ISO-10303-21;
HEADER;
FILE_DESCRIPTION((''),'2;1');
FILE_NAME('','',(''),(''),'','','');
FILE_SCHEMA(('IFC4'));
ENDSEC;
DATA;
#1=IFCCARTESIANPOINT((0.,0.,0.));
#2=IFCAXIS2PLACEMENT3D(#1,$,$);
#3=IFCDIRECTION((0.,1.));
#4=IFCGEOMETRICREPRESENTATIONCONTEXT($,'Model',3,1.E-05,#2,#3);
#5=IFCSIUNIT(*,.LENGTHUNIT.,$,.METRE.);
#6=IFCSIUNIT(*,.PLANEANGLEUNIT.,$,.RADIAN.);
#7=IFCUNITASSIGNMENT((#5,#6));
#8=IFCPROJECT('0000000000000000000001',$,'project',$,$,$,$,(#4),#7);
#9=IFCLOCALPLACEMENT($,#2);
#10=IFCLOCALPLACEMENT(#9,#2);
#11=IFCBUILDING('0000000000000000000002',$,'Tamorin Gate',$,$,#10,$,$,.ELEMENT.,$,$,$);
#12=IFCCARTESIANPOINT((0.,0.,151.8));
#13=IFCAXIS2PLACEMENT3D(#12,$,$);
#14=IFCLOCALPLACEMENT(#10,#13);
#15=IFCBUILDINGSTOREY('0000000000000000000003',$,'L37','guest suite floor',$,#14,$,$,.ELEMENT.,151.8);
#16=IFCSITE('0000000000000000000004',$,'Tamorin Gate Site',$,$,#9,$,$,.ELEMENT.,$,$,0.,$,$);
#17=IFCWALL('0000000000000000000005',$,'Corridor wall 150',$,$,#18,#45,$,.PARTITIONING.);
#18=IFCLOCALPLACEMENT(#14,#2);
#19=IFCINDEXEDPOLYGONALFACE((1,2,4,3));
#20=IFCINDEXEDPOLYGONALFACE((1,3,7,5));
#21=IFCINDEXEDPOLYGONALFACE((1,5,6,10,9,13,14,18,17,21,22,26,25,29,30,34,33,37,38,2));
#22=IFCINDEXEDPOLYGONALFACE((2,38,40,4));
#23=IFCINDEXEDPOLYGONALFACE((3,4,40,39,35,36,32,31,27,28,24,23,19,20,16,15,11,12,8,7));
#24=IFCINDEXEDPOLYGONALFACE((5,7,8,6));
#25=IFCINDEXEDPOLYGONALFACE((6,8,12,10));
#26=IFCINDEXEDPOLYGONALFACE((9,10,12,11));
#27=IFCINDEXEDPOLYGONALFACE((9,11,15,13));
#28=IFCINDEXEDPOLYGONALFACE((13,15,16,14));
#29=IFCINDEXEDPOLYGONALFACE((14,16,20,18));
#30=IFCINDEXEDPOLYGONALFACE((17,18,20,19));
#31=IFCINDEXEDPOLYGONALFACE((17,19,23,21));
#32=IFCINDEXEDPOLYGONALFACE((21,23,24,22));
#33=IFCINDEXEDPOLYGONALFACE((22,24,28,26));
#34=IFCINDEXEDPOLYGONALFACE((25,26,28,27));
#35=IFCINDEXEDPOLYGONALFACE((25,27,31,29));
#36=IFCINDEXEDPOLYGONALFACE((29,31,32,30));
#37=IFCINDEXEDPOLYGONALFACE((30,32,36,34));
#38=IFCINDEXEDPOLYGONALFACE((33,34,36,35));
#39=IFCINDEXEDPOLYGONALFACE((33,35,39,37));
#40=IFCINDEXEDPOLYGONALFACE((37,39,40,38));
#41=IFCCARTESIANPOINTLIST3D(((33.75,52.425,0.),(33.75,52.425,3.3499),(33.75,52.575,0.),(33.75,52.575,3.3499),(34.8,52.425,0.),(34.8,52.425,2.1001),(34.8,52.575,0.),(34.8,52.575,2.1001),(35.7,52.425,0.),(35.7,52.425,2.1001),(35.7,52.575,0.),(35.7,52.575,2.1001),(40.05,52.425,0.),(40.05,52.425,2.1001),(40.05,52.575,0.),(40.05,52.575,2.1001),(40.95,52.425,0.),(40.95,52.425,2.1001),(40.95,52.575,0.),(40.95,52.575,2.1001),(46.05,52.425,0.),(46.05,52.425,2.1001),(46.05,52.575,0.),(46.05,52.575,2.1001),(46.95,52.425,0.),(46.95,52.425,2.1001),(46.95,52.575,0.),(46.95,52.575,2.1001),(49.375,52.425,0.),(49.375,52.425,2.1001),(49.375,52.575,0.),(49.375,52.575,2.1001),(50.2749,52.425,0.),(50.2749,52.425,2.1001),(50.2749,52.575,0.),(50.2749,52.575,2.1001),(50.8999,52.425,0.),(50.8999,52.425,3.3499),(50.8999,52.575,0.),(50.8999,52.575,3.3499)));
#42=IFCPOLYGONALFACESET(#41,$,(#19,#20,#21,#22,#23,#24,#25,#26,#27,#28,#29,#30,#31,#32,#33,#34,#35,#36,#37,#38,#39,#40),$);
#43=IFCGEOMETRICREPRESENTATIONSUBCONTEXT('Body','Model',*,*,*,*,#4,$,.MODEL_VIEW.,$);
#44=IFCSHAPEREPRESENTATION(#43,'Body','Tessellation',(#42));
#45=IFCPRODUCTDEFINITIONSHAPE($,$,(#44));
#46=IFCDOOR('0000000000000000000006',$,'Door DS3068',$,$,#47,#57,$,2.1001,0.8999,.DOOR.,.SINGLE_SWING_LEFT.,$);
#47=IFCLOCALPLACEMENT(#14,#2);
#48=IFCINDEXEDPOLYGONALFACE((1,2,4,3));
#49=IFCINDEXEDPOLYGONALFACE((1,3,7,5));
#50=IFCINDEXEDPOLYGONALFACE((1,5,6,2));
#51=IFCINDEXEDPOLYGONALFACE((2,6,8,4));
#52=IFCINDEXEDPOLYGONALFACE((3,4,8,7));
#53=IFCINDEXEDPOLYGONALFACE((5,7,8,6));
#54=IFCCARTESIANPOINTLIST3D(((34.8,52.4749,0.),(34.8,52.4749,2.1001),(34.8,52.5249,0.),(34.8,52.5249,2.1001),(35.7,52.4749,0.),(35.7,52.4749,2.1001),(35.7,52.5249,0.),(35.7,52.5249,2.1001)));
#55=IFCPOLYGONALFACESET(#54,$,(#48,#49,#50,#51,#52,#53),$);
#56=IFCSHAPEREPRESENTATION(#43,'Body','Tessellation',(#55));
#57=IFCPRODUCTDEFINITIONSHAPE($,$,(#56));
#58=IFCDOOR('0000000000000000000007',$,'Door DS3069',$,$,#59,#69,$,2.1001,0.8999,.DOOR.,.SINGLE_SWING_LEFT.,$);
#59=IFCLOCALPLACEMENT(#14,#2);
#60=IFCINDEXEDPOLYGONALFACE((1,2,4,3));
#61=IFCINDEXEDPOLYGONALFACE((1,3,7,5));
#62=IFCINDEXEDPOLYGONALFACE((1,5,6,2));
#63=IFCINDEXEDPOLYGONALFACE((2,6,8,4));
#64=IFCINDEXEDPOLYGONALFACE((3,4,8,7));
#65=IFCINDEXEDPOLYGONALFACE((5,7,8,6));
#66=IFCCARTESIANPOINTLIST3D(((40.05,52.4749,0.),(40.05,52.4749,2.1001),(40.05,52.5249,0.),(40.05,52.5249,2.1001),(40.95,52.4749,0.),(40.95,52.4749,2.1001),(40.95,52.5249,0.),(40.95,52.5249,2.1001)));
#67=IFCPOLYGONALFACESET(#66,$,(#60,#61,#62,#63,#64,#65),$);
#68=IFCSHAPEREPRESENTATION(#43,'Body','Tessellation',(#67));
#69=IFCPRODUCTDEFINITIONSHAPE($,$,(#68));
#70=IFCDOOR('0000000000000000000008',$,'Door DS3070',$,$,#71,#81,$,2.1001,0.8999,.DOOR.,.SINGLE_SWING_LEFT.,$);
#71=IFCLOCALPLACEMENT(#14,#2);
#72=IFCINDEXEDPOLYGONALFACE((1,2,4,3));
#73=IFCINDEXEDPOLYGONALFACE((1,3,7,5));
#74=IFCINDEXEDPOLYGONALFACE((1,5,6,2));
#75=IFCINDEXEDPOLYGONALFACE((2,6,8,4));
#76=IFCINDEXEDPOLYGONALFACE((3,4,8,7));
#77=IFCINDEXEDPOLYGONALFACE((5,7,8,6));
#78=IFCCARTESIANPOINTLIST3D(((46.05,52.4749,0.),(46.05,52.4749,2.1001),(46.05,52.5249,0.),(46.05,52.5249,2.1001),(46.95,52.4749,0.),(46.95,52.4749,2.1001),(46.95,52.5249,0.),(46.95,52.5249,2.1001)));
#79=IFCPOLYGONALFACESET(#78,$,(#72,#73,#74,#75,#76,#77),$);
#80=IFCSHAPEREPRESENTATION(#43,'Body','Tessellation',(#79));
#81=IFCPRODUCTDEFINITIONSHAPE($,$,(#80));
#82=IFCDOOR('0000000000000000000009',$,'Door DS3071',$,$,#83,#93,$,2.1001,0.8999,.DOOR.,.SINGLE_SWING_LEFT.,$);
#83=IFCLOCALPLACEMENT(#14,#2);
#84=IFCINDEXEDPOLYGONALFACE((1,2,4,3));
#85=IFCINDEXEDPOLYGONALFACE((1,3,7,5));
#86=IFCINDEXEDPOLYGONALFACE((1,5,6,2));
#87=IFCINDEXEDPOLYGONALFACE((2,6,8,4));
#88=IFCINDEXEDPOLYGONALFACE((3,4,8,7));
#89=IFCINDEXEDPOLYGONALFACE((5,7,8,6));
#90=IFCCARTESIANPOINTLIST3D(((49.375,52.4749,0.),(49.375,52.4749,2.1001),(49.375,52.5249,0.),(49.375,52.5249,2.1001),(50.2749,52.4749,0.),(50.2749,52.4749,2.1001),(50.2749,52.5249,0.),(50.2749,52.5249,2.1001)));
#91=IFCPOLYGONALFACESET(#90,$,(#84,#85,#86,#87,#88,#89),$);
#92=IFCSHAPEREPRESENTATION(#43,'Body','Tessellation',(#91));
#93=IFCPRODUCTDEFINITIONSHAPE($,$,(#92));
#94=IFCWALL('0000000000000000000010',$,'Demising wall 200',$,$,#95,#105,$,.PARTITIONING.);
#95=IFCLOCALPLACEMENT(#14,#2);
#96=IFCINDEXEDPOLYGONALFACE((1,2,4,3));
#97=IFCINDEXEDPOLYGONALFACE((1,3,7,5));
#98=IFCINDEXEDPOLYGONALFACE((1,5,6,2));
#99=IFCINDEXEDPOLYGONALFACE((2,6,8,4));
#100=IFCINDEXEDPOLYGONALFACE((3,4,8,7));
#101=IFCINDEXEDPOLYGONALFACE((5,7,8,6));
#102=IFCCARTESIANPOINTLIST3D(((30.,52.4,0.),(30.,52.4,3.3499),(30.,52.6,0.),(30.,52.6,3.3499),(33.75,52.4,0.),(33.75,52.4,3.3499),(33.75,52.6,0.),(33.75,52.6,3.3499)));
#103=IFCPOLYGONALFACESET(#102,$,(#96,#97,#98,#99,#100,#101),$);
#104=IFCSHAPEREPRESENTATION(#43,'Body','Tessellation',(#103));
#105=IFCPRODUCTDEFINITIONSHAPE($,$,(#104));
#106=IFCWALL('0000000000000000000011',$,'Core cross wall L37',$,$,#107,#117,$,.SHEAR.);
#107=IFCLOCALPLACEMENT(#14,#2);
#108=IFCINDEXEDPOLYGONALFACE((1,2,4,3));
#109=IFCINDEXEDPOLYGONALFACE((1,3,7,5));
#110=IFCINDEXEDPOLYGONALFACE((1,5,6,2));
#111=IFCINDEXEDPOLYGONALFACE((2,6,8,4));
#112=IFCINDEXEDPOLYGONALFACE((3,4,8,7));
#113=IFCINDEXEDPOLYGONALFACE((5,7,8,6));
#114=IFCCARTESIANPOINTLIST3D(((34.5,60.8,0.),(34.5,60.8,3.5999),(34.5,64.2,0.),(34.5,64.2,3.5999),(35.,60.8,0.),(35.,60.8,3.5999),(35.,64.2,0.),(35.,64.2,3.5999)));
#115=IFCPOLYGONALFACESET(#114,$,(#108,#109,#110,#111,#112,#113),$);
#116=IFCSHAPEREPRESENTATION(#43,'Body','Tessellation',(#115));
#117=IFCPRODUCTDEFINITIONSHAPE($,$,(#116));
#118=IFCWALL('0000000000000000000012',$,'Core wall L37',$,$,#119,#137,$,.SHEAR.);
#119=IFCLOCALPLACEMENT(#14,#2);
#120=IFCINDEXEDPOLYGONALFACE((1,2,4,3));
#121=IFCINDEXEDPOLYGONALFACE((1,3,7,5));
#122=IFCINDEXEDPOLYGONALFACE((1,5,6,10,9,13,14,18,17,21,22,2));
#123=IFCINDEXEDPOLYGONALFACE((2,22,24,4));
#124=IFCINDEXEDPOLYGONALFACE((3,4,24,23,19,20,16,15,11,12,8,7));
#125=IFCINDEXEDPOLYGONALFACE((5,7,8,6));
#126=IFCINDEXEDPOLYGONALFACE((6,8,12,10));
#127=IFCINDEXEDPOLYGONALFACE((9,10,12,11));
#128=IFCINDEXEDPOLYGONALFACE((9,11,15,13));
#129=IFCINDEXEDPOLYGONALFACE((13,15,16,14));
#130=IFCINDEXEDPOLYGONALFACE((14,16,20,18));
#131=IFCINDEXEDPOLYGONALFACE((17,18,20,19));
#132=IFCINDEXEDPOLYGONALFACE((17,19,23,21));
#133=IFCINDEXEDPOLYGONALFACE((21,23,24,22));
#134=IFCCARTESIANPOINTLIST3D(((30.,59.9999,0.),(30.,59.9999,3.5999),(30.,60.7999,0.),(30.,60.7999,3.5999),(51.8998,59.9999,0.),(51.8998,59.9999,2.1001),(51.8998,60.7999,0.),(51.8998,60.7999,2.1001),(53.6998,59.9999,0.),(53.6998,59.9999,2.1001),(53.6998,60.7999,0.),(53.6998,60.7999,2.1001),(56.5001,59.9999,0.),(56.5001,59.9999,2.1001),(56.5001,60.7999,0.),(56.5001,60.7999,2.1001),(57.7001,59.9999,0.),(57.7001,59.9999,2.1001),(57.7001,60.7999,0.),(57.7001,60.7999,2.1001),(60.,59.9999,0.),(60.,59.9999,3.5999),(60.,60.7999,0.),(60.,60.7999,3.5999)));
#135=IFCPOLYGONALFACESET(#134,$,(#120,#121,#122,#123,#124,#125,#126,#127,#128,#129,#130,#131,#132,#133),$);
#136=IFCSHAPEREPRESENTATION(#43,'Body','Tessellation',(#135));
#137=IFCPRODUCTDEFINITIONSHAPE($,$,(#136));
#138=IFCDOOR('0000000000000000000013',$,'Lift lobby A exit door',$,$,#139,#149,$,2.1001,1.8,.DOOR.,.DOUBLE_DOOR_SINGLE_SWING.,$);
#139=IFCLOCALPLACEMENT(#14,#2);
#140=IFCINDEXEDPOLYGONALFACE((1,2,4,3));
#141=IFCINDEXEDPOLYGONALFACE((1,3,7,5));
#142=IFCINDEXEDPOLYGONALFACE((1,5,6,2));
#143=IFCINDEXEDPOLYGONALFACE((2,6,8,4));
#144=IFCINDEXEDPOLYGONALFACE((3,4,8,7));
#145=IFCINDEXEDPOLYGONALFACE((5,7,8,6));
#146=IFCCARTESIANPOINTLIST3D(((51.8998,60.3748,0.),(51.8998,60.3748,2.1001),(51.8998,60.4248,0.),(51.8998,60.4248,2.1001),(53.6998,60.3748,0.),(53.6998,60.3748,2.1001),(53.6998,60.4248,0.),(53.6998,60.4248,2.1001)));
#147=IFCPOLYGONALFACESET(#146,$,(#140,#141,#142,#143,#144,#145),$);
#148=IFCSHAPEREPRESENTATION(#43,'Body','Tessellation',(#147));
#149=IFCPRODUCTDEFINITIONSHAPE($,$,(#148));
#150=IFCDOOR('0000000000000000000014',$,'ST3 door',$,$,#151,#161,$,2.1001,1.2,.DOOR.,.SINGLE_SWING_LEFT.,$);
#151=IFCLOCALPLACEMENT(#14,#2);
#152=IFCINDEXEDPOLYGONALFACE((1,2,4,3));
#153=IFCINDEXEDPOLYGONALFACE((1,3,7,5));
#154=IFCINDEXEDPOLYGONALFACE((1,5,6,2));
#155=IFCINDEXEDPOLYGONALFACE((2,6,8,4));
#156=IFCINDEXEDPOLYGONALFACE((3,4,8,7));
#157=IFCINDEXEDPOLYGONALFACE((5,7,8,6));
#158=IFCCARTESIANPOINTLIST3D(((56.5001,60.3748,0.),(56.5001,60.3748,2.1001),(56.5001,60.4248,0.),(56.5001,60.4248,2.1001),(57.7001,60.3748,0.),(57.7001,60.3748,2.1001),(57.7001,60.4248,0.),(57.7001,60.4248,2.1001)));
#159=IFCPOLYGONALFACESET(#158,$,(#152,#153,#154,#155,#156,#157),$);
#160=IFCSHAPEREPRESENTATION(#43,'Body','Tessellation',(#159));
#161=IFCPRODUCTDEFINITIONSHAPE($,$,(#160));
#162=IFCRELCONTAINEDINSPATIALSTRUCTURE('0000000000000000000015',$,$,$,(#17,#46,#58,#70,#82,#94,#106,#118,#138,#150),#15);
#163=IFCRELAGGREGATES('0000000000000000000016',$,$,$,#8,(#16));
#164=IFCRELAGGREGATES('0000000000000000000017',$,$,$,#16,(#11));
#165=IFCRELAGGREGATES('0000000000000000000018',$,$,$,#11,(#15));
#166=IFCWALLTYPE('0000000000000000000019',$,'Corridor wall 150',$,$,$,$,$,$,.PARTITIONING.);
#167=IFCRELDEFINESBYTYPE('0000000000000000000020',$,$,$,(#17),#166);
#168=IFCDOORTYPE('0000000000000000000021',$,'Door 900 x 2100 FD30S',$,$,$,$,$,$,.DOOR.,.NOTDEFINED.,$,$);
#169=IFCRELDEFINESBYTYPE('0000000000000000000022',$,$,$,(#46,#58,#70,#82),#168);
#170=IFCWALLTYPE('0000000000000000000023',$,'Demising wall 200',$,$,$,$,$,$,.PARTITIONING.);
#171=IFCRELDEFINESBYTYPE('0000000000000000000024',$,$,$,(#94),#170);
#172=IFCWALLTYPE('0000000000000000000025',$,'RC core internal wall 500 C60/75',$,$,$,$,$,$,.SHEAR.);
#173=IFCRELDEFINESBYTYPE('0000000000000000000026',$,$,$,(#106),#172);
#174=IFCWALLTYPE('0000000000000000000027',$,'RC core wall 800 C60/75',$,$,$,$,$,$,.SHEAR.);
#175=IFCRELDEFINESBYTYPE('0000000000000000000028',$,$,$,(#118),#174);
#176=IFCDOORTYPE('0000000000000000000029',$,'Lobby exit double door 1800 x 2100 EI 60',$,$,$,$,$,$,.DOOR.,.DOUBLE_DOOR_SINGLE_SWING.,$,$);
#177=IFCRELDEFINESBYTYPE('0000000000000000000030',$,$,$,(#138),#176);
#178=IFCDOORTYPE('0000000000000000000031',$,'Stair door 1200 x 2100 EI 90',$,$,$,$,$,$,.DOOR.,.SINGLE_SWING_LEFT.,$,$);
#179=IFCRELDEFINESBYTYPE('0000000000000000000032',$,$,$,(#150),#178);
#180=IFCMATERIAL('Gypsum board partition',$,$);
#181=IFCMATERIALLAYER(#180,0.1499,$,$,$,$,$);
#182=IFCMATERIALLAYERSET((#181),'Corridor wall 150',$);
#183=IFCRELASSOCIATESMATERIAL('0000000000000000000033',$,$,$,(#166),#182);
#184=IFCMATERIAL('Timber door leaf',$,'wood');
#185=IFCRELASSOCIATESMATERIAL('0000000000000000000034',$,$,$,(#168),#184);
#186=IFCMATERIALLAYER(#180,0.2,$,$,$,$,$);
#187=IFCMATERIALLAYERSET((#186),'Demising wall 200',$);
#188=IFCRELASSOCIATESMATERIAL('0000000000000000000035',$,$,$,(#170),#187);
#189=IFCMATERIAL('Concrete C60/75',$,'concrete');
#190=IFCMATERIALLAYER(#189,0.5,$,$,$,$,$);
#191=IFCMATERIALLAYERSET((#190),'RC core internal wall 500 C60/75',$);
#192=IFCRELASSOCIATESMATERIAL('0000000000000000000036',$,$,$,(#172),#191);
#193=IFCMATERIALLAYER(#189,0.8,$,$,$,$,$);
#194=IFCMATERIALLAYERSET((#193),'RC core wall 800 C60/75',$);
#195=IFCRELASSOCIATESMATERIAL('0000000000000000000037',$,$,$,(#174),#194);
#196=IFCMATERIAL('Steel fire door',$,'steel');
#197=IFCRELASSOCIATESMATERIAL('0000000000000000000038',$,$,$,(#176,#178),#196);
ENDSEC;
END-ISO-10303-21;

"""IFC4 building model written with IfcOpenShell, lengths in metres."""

from ifc_helpers import new_model, si_unit, direction, frame, frame_2d, origin, place, context, subcontext, project, spatial, rectangle, extrude, material, layer, layer_set, type_object, element, fill, save


model = new_model("IFC4")

# Units and contexts
model_context = context("Model", 3, precision=1e-05, world=origin(), true_north=direction((0.0, 1.0)))
body_context = subcontext(model_context, "Body", "Model", "MODEL_VIEW")
ifc_project = project(units=[si_unit("LENGTHUNIT", "METRE"), si_unit("PLANEANGLEUNIT", "RADIAN")], contexts=[model_context])

# Site, building, storey
site_placement = place(None, origin())
site = spatial("IfcSite", under=ifc_project, at=site_placement, Name="Tamorin Gate Site", CompositionType="ELEMENT", RefElevation=0.0)
building_placement = place(site_placement, origin())
building = spatial("IfcBuilding", under=site, at=building_placement, Name="Tamorin Gate", CompositionType="ELEMENT")
storey_placement = place(building_placement, frame((0.0, 0.0, 151.8)))
storey = spatial("IfcBuildingStorey", under=building, at=storey_placement, Name="L37", Description="guest suite floor", CompositionType="ELEMENT", Elevation=151.8)

# Wall, openings, doors
ifc_material_1 = material(Name="Gypsum board partition")
ifc_layer_1 = layer(ifc_material_1, 0.1499)
ifc_layer_set_1 = layer_set([ifc_layer_1], Name="Corridor wall 150")
wall_type_1 = type_object("IfcWallType", Name="Corridor wall 150", PredefinedType="PARTITIONING", material=ifc_layer_set_1)
wall_1_placement = place(storey_placement, frame((33.75, 52.5, 0.0), z_axis=(0.0, 0.0, 1.0), x_axis=(1.0, 0.0, 0.0)))
wall_1 = element("IfcWall", 1, at=wall_1_placement, inside=storey, type_object=wall_type_1, Name="Corridor wall 150", PredefinedType="PARTITIONING", context=body_context, shape_type="SweptSolid", body=[
    extrude(rectangle(XDim=17.1499, YDim=0.1499, at=frame_2d((8.575, 0.0))), origin(), (0.0, 0.0, 1.0), 3.3499),
])
opening_1_placement = place(wall_1_placement, frame((1.05, 0.0, 0.0)))
opening_1 = element("IfcOpeningElement", 2, at=opening_1_placement, cuts=wall_1, PredefinedType="OPENING", context=body_context, shape_type="SweptSolid", body=[
    extrude(rectangle(XDim=0.8999, YDim=2.1001, at=frame_2d((0.45, 1.05))), frame((0.0, 0.085, 0.0), z_axis=(0.0, -1.0, 0.0), x_axis=(1.0, 0.0, 0.0)), (0.0, 0.0, 1.0), 0.1699),
])
opening_2_placement = place(wall_1_placement, frame((6.3, 0.0, 0.0)))
opening_2 = element("IfcOpeningElement", 3, at=opening_2_placement, cuts=wall_1, PredefinedType="OPENING", context=body_context, shape_type="SweptSolid", body=[
    extrude(rectangle(XDim=0.8999, YDim=2.1001, at=frame_2d((0.45, 1.05))), frame((0.0, 0.085, 0.0), z_axis=(0.0, -1.0, 0.0), x_axis=(1.0, 0.0, 0.0)), (0.0, 0.0, 1.0), 0.1699),
])
opening_3_placement = place(wall_1_placement, frame((12.3, 0.0, 0.0)))
opening_3 = element("IfcOpeningElement", 4, at=opening_3_placement, cuts=wall_1, PredefinedType="OPENING", context=body_context, shape_type="SweptSolid", body=[
    extrude(rectangle(XDim=0.8999, YDim=2.1001, at=frame_2d((0.45, 1.05))), frame((0.0, 0.085, 0.0), z_axis=(0.0, -1.0, 0.0), x_axis=(1.0, 0.0, 0.0)), (0.0, 0.0, 1.0), 0.1699),
])
opening_4_placement = place(wall_1_placement, frame((15.625, 0.0, 0.0)))
opening_4 = element("IfcOpeningElement", 5, at=opening_4_placement, cuts=wall_1, PredefinedType="OPENING", context=body_context, shape_type="SweptSolid", body=[
    extrude(rectangle(XDim=0.8999, YDim=2.1001, at=frame_2d((0.45, 1.05))), frame((0.0, 0.085, 0.0), z_axis=(0.0, -1.0, 0.0), x_axis=(1.0, 0.0, 0.0)), (0.0, 0.0, 1.0), 0.1699),
])
ifc_material_2 = material(Name="Timber door leaf", Category="wood")
door_type_1 = type_object("IfcDoorType", Name="Door 900 x 2100 FD30S", OperationType="NOTDEFINED", PredefinedType="DOOR", material=ifc_material_2)
door_1_placement = place(opening_1_placement, origin())
door_1 = element("IfcDoor", 6, at=door_1_placement, inside=storey, type_object=door_type_1, Name="Door DS3068", OperationType="SINGLE_SWING_LEFT", OverallHeight=2.1001, OverallWidth=0.8999, PredefinedType="DOOR", context=body_context, shape_type="SweptSolid", body=[
    extrude(rectangle(XDim=0.8999, YDim=2.1001, at=frame_2d((0.45, 1.05))), frame((0.0, 0.0249, 0.0), z_axis=(0.0, -1.0, 0.0), x_axis=(1.0, 0.0, 0.0)), (0.0, 0.0, 1.0), 0.05),
])
fill(opening_1, door_1)
door_2_placement = place(opening_2_placement, origin())
door_2 = element("IfcDoor", 7, at=door_2_placement, inside=storey, type_object=door_type_1, Name="Door DS3069", OperationType="SINGLE_SWING_LEFT", OverallHeight=2.1001, OverallWidth=0.8999, PredefinedType="DOOR", context=body_context, shape_type="SweptSolid", body=[
    extrude(rectangle(XDim=0.8999, YDim=2.1001, at=frame_2d((0.45, 1.05))), frame((0.0, 0.0249, 0.0), z_axis=(0.0, -1.0, 0.0), x_axis=(1.0, 0.0, 0.0)), (0.0, 0.0, 1.0), 0.05),
])
fill(opening_2, door_2)
door_3_placement = place(opening_3_placement, origin())
door_3 = element("IfcDoor", 8, at=door_3_placement, inside=storey, type_object=door_type_1, Name="Door DS3070", OperationType="SINGLE_SWING_LEFT", OverallHeight=2.1001, OverallWidth=0.8999, PredefinedType="DOOR", context=body_context, shape_type="SweptSolid", body=[
    extrude(rectangle(XDim=0.8999, YDim=2.1001, at=frame_2d((0.45, 1.05))), frame((0.0, 0.0249, 0.0), z_axis=(0.0, -1.0, 0.0), x_axis=(1.0, 0.0, 0.0)), (0.0, 0.0, 1.0), 0.05),
])
fill(opening_3, door_3)
door_4_placement = place(opening_4_placement, origin())
door_4 = element("IfcDoor", 9, at=door_4_placement, inside=storey, type_object=door_type_1, Name="Door DS3071", OperationType="SINGLE_SWING_LEFT", OverallHeight=2.1001, OverallWidth=0.8999, PredefinedType="DOOR", context=body_context, shape_type="SweptSolid", body=[
    extrude(rectangle(XDim=0.8999, YDim=2.1001, at=frame_2d((0.45, 1.05))), frame((0.0, 0.0249, 0.0), z_axis=(0.0, -1.0, 0.0), x_axis=(1.0, 0.0, 0.0)), (0.0, 0.0, 1.0), 0.05),
])
fill(opening_4, door_4)

# Walls
ifc_layer_2 = layer(ifc_material_1, 0.2)
ifc_layer_set_2 = layer_set([ifc_layer_2], Name="Demising wall 200")
wall_type_2 = type_object("IfcWallType", Name="Demising wall 200", PredefinedType="PARTITIONING", material=ifc_layer_set_2)
wall_2_placement = place(storey_placement, frame((30.0, 52.5, 0.0), z_axis=(0.0, 0.0, 1.0), x_axis=(1.0, 0.0, 0.0)))
element("IfcWall", 10, at=wall_2_placement, inside=storey, type_object=wall_type_2, Name="Demising wall 200", PredefinedType="PARTITIONING", context=body_context, shape_type="SweptSolid", body=[
    extrude(rectangle(XDim=3.75, YDim=0.2, at=frame_2d((1.875, 0.0))), origin(), (0.0, 0.0, 1.0), 3.3499),
])
ifc_material_3 = material(Name="Concrete C60/75", Category="concrete")
ifc_layer_3 = layer(ifc_material_3, 0.5)
ifc_layer_set_3 = layer_set([ifc_layer_3], Name="RC core internal wall 500 C60/75")
wall_type_3 = type_object("IfcWallType", Name="RC core internal wall 500 C60/75", PredefinedType="SHEAR", material=ifc_layer_set_3)
wall_3_placement = place(storey_placement, frame((34.75, 60.8, 0.0), z_axis=(0.0, 0.0, 1.0), x_axis=(0.0, 1.0, 0.0)))
element("IfcWall", 11, at=wall_3_placement, inside=storey, type_object=wall_type_3, Name="Core cross wall L37", PredefinedType="SHEAR", context=body_context, shape_type="SweptSolid", body=[
    extrude(rectangle(XDim=3.3999, YDim=0.5, at=frame_2d((1.7, 0.0))), origin(), (0.0, 0.0, 1.0), 3.5999),
])

# Wall, openings, doors
ifc_layer_4 = layer(ifc_material_3, 0.8)
ifc_layer_set_4 = layer_set([ifc_layer_4], Name="RC core wall 800 C60/75")
wall_type_4 = type_object("IfcWallType", Name="RC core wall 800 C60/75", PredefinedType="SHEAR", material=ifc_layer_set_4)
wall_4_placement = place(storey_placement, frame((30.0, 60.3999, 0.0), z_axis=(0.0, 0.0, 1.0), x_axis=(1.0, 0.0, 0.0)))
wall_4 = element("IfcWall", 12, at=wall_4_placement, inside=storey, type_object=wall_type_4, Name="Core wall L37", PredefinedType="SHEAR", context=body_context, shape_type="SweptSolid", body=[
    extrude(rectangle(XDim=30.0, YDim=0.8, at=frame_2d((15.0, 0.0))), origin(), (0.0, 0.0, 1.0), 3.5999),
])
opening_5_placement = place(wall_4_placement, frame((21.8999, 0.0, 0.0)))
opening_5 = element("IfcOpeningElement", 13, at=opening_5_placement, cuts=wall_4, PredefinedType="OPENING", context=body_context, shape_type="SweptSolid", body=[
    extrude(rectangle(XDim=1.8, YDim=2.1001, at=frame_2d((0.8999, 1.05))), frame((0.0, 0.4099, 0.0), z_axis=(0.0, -1.0, 0.0), x_axis=(1.0, 0.0, 0.0)), (0.0, 0.0, 1.0), 0.8201),
])
opening_6_placement = place(wall_4_placement, frame((26.5, 0.0, 0.0)))
opening_6 = element("IfcOpeningElement", 14, at=opening_6_placement, cuts=wall_4, PredefinedType="OPENING", context=body_context, shape_type="SweptSolid", body=[
    extrude(rectangle(XDim=1.2, YDim=2.1001, at=frame_2d((0.6001, 1.05))), frame((0.0, 0.4099, 0.0), z_axis=(0.0, -1.0, 0.0), x_axis=(1.0, 0.0, 0.0)), (0.0, 0.0, 1.0), 0.8201),
])
ifc_material_4 = material(Name="Steel fire door", Category="steel")
door_type_2 = type_object("IfcDoorType", Name="Lobby exit double door 1800 x 2100 EI 60", OperationType="DOUBLE_DOOR_SINGLE_SWING", PredefinedType="DOOR", material=ifc_material_4)
door_5_placement = place(opening_5_placement, origin())
door_5 = element("IfcDoor", 15, at=door_5_placement, inside=storey, type_object=door_type_2, Name="Lift lobby A exit door", OperationType="DOUBLE_DOOR_SINGLE_SWING", OverallHeight=2.1001, OverallWidth=1.8, PredefinedType="DOOR", context=body_context, shape_type="SweptSolid", body=[
    extrude(rectangle(XDim=1.8, YDim=2.1001, at=frame_2d((0.8999, 1.05))), frame((0.0, 0.0249, 0.0), z_axis=(0.0, -1.0, 0.0), x_axis=(1.0, 0.0, 0.0)), (0.0, 0.0, 1.0), 0.05),
])
fill(opening_5, door_5)
door_type_3 = type_object("IfcDoorType", Name="Stair door 1200 x 2100 EI 90", OperationType="SINGLE_SWING_LEFT", PredefinedType="DOOR", material=ifc_material_4)
door_6_placement = place(opening_6_placement, origin())
door_6 = element("IfcDoor", 16, at=door_6_placement, inside=storey, type_object=door_type_3, Name="ST3 door", OperationType="SINGLE_SWING_LEFT", OverallHeight=2.1001, OverallWidth=1.2, PredefinedType="DOOR", context=body_context, shape_type="SweptSolid", body=[
    extrude(rectangle(XDim=1.2, YDim=2.1001, at=frame_2d((0.6001, 1.05))), frame((0.0, 0.0249, 0.0), z_axis=(0.0, -1.0, 0.0), x_axis=(1.0, 0.0, 0.0)), (0.0, 0.0, 1.0), 0.05),
])
fill(opening_6, door_6)

save(model, "model.ifc")
